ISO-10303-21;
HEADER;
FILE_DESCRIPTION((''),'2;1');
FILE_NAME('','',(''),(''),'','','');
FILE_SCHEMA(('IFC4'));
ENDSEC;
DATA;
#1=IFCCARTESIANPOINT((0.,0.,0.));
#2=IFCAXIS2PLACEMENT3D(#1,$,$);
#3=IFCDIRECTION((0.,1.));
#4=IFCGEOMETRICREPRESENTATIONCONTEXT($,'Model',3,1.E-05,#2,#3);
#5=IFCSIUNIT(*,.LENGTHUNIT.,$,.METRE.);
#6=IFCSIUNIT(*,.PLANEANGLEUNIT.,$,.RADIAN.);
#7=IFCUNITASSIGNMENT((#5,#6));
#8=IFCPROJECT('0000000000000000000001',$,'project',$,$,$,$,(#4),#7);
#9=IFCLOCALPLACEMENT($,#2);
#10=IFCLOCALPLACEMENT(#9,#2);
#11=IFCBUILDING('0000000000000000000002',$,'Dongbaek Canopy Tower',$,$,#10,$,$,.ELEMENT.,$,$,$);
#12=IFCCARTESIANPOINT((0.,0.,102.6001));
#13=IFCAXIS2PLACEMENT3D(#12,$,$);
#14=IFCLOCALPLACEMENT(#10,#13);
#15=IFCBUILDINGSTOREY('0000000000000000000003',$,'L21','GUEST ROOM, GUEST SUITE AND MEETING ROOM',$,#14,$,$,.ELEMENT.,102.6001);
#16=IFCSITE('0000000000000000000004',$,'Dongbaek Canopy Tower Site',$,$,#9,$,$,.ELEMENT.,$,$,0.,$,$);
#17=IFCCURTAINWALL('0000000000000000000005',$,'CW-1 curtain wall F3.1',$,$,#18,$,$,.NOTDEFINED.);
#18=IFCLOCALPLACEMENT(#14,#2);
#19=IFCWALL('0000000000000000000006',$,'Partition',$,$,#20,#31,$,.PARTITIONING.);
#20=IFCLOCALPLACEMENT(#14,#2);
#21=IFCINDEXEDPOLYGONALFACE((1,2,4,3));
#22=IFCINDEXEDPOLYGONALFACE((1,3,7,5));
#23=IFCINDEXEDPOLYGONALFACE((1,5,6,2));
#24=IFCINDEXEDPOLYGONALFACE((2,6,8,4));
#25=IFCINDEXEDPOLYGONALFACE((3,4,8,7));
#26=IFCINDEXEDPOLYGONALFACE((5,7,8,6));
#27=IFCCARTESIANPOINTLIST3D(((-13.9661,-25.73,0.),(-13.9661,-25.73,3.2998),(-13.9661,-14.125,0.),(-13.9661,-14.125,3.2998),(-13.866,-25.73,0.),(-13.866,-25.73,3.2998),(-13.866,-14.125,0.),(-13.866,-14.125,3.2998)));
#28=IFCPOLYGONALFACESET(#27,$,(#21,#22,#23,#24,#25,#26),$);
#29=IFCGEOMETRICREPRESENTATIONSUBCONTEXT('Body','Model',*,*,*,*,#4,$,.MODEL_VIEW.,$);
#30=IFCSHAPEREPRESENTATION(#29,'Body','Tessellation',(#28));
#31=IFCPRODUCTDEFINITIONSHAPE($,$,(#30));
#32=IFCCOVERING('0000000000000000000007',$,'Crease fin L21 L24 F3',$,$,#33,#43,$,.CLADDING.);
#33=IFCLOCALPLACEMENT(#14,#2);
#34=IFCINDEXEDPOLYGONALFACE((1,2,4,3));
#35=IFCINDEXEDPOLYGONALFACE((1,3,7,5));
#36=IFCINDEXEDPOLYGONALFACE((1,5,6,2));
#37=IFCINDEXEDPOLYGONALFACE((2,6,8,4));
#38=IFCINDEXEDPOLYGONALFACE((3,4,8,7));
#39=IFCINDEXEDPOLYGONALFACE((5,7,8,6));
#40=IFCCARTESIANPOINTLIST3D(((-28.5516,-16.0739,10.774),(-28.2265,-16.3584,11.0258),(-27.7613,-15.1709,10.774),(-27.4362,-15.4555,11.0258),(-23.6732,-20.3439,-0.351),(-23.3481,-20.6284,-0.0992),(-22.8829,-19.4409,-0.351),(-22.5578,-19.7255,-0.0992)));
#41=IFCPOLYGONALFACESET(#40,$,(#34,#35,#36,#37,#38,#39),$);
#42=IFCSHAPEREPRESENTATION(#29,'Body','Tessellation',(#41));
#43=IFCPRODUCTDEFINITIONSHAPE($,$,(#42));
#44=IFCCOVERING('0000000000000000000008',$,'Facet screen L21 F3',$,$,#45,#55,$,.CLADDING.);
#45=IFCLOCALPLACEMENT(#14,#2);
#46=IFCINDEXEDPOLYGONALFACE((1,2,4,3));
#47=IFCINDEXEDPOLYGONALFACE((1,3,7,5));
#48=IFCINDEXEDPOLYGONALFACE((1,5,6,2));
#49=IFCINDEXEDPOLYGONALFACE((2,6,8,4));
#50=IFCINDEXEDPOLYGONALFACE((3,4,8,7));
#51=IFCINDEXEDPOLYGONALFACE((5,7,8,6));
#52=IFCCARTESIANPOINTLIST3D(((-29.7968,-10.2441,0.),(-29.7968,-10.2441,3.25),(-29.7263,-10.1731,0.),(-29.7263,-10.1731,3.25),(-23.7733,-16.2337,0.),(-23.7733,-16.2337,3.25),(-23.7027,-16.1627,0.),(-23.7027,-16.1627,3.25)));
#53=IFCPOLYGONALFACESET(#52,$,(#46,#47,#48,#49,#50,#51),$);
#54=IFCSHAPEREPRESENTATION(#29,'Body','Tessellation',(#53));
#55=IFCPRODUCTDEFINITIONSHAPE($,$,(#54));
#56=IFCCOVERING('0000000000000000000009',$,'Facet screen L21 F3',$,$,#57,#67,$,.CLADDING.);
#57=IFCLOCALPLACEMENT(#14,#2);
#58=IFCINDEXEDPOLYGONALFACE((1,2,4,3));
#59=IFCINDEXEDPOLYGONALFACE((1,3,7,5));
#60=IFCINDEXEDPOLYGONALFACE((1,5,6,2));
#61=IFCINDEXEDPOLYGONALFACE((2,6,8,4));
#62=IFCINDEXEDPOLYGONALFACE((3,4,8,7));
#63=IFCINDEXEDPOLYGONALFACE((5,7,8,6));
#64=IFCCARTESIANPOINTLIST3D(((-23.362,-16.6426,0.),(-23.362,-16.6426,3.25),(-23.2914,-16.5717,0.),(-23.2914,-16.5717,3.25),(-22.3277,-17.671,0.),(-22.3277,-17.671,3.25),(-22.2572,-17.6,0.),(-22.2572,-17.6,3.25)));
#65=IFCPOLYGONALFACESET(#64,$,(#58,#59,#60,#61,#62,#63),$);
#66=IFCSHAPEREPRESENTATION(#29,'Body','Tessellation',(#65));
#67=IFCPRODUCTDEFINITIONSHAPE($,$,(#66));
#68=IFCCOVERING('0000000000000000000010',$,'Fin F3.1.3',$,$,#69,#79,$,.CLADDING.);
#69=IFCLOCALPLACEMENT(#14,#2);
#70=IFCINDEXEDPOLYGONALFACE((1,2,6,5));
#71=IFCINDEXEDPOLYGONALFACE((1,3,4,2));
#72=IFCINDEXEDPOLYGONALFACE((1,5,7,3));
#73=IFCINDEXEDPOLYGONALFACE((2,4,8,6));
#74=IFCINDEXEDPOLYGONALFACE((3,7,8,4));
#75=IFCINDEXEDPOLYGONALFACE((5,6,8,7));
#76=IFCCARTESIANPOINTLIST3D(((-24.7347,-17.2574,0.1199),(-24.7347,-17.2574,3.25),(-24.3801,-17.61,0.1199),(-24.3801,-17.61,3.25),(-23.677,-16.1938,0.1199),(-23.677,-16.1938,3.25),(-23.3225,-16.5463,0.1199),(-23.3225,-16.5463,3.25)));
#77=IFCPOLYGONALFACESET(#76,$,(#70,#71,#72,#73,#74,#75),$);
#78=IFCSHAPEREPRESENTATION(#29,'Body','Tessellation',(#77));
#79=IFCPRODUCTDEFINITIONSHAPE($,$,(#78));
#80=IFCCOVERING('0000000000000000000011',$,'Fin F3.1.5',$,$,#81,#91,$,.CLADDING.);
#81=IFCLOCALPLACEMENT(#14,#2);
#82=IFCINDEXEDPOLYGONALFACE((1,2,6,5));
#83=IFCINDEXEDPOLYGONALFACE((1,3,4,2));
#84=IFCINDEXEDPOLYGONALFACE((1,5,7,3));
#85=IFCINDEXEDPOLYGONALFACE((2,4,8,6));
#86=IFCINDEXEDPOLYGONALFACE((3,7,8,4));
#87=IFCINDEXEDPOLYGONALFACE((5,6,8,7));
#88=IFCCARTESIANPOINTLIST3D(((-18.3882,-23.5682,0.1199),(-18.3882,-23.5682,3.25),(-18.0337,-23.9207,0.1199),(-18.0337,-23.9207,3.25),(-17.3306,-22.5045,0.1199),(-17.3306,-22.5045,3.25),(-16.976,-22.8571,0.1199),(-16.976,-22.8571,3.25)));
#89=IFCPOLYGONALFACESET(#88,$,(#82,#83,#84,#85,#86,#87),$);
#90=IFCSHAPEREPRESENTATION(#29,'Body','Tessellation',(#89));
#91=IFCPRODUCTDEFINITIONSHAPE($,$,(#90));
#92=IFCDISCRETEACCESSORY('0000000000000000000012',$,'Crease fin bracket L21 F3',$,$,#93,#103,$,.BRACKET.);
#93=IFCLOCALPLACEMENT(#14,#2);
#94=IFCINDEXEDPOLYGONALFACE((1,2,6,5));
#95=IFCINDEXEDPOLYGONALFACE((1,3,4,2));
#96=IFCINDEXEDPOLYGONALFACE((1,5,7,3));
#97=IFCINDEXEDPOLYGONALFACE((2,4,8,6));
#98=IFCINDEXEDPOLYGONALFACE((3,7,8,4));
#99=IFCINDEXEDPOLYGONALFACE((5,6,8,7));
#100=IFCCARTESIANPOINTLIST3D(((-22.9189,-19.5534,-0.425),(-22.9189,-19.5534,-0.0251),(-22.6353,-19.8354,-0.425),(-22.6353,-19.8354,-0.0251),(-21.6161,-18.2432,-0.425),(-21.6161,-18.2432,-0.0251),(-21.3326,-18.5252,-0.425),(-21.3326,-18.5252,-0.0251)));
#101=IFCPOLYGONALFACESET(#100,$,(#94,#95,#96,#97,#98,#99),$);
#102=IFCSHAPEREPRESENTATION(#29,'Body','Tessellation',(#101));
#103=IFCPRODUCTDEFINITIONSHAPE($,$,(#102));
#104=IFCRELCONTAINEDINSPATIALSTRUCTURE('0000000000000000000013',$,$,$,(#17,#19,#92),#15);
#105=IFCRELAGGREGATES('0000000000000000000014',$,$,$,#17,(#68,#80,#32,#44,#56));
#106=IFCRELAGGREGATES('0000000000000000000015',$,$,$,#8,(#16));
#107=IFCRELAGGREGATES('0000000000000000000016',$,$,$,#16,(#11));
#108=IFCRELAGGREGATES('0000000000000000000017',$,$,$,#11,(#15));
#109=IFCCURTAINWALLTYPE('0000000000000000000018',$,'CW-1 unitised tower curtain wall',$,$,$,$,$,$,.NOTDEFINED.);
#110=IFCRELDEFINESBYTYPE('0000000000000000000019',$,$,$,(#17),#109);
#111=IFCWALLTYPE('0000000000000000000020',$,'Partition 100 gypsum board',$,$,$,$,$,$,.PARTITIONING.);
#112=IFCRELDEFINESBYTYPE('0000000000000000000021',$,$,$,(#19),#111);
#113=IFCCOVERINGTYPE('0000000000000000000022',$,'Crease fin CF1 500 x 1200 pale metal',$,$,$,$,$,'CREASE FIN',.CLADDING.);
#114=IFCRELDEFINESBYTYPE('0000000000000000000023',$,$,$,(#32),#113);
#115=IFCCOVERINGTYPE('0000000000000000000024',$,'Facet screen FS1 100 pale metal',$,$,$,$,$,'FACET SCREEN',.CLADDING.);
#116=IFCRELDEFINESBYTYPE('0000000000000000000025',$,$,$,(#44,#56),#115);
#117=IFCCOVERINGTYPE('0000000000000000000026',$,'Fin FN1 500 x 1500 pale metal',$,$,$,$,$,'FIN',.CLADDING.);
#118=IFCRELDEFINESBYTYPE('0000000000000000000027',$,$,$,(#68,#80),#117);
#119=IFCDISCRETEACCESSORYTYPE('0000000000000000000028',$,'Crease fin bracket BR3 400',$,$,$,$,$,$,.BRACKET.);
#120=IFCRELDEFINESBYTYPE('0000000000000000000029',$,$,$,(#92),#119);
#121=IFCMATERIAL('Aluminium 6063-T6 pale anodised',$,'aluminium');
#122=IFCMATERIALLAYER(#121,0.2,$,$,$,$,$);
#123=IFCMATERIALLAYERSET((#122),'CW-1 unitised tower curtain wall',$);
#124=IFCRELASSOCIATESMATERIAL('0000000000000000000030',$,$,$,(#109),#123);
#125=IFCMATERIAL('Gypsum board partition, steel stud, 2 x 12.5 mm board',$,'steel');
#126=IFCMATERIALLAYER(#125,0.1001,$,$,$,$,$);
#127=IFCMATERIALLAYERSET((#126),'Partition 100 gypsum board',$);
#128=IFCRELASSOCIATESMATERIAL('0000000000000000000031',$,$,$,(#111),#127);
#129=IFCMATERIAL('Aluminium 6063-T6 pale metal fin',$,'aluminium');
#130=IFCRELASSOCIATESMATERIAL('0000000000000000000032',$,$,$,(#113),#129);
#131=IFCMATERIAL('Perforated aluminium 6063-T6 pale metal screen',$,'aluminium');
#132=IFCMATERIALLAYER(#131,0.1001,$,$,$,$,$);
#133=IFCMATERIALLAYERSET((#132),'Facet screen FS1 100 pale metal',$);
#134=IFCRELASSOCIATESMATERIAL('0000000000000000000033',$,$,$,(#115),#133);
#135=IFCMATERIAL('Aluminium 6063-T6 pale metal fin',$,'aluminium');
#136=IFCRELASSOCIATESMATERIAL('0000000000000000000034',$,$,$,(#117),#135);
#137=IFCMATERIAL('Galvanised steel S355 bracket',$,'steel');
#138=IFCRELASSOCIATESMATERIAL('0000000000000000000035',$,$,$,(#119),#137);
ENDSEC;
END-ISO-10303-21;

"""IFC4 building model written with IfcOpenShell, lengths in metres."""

from ifc_helpers import new_model, si_unit, direction, frame, frame_2d, origin, origin_2d, place, context, subcontext, project, spatial, rectangle, extrude, material, layer, layer_set, material_profile, profile_set, type_object, element, aggregate, save


model = new_model("IFC4")

# Units and contexts
model_context = context("Model", 3, precision=1e-05, world=origin(), true_north=direction((0.0, 1.0)))
body_context = subcontext(model_context, "Body", "Model", "MODEL_VIEW")
ifc_project = project(units=[si_unit("LENGTHUNIT", "METRE"), si_unit("PLANEANGLEUNIT", "RADIAN")], contexts=[model_context])

# Site, building, storey
site_placement = place(None, origin())
site = spatial("IfcSite", under=ifc_project, at=site_placement, Name="Dongbaek Canopy Tower Site", CompositionType="ELEMENT", RefElevation=0.0)
building_placement = place(site_placement, origin())
building = spatial("IfcBuilding", under=site, at=building_placement, Name="Dongbaek Canopy Tower", CompositionType="ELEMENT")
storey_placement = place(building_placement, frame((0.0, 0.0, 102.6001)))
storey = spatial("IfcBuildingStorey", under=building, at=storey_placement, Name="L21", Description="GUEST ROOM, GUEST SUITE AND MEETING ROOM", CompositionType="ELEMENT", Elevation=102.6001)

# Curtain wall
ifc_material_1 = material(Name="Aluminium 6063-T6 pale anodised", Category="aluminium")
ifc_layer_1 = layer(ifc_material_1, 0.2)
ifc_layer_set_1 = layer_set([ifc_layer_1], Name="CW-1 unitised tower curtain wall")
curtain_wall_type = type_object("IfcCurtainWallType", Name="CW-1 unitised tower curtain wall", PredefinedType="NOTDEFINED", material=ifc_layer_set_1)
curtain_wall_1_placement = place(storey_placement, origin())
curtain_wall_1 = element("IfcCurtainWall", 1, at=curtain_wall_1_placement, inside=storey, type_object=curtain_wall_type, Name="CW-1 curtain wall F3.1", PredefinedType="NOTDEFINED")

# Wall
ifc_material_2 = material(Name="Gypsum board partition, steel stud, 2 x 12.5 mm board", Category="steel")
ifc_layer_2 = layer(ifc_material_2, 0.1001)
ifc_layer_set_2 = layer_set([ifc_layer_2], Name="Partition 100 gypsum board")
wall_type_1 = type_object("IfcWallType", Name="Partition 100 gypsum board", PredefinedType="PARTITIONING", material=ifc_layer_set_2)
wall_1_placement = place(storey_placement, frame((-13.916, -25.73, 0.0), z_axis=(0.0, 0.0, 1.0), x_axis=(0.0, 1.0, 0.0)))
element("IfcWall", 2, at=wall_1_placement, inside=storey, type_object=wall_type_1, Name="Partition", PredefinedType="PARTITIONING", context=body_context, shape_type="SweptSolid", body=[
    extrude(rectangle(XDim=11.605, YDim=0.1001, at=frame_2d((5.8025, 0.0))), origin(), (0.0, 0.0, 1.0), 3.2998),
])

# Coverings
ifc_material_3 = material(Name="Aluminium 6063-T6 pale metal fin", Category="aluminium")
ifc_material_profile_1 = material_profile(ifc_material_3, rectangle(XDim=1.2, YDim=0.5, at=origin_2d()), Name="Crease fin CF1 500 x 1200 pale metal")
ifc_profile_set_1 = profile_set([ifc_material_profile_1], Name="Aluminium 6063-T6 pale metal fin")
covering_type_1 = type_object("IfcCoveringType", Name="Crease fin CF1 500 x 1200 pale metal", ElementType="CREASE FIN", PredefinedType="CLADDING", material=ifc_profile_set_1)
covering_1_placement = place(storey_placement, frame((-23.1155, -20.0347, -0.2251), z_axis=(-0.37887, 0.33162, 0.863994), x_axis=(-0.658627, -0.752469, 0.0)))
covering_1 = element("IfcCovering", 3, at=covering_1_placement, type_object=covering_type_1, Name="Crease fin L21 L24 F3", PredefinedType="CLADDING", context=body_context, shape_type="SweptSolid", body=[
    extrude(rectangle(XDim=1.2, YDim=0.5, at=origin_2d()), origin(), (0.0, 0.0, 1.0), 12.8762),
])
ifc_material_4 = material(Name="Perforated aluminium 6063-T6 pale metal screen", Category="aluminium")
ifc_layer_3 = layer(ifc_material_4, 0.1001)
ifc_layer_set_3 = layer_set([ifc_layer_3], Name="Facet screen FS1 100 pale metal")
covering_type_2 = type_object("IfcCoveringType", Name="Facet screen FS1 100 pale metal", ElementType="FACET SCREEN", PredefinedType="CLADDING", material=ifc_layer_set_3)
covering_2_placement = place(storey_placement, frame((-26.7498, -13.2034, 0.0), z_axis=(0.0, 0.0, 1.0), x_axis=(0.709103, -0.705105, 0.0)))
covering_2 = element("IfcCovering", 4, at=covering_2_placement, type_object=covering_type_2, Name="Facet screen L21 F3", PredefinedType="CLADDING", context=body_context, shape_type="SweptSolid", body=[
    extrude(rectangle(XDim=8.4946, YDim=0.1001, at=origin_2d()), origin(), (0.0, 0.0, 1.0), 3.25),
])
covering_3_placement = place(storey_placement, frame((-22.8096, -17.1213, 0.0), z_axis=(0.0, 0.0, 1.0), x_axis=(0.709103, -0.705105, 0.0)))
covering_3 = element("IfcCovering", 5, at=covering_3_placement, type_object=covering_type_2, Name="Facet screen L21 F3", PredefinedType="CLADDING", context=body_context, shape_type="SweptSolid", body=[
    extrude(rectangle(XDim=1.4585, YDim=0.1001, at=origin_2d()), origin(), (0.0, 0.0, 1.0), 3.25),
])
ifc_material_5 = material(Name="Aluminium 6063-T6 pale metal fin", Category="aluminium")
ifc_material_profile_2 = material_profile(ifc_material_5, rectangle(XDim=1.5, YDim=0.5, at=origin_2d()), Name="Fin FN1 500 x 1500 pale metal")
ifc_profile_set_2 = profile_set([ifc_material_profile_2], Name="Aluminium 6063-T6 pale metal fin")
covering_type_3 = type_object("IfcCoveringType", Name="Fin FN1 500 x 1500 pale metal", ElementType="FIN", PredefinedType="CLADDING", material=ifc_profile_set_2)
covering_4_placement = place(storey_placement, frame((-24.0286, -16.9019, 0.1199), z_axis=(0.0, 0.0, 1.0), x_axis=(-0.705105, -0.709103, 0.0)))
covering_4 = element("IfcCovering", 6, at=covering_4_placement, type_object=covering_type_3, Name="Fin F3.1.3", PredefinedType="CLADDING", context=body_context, shape_type="SweptSolid", body=[
    extrude(rectangle(XDim=1.5, YDim=0.5, at=origin_2d()), origin(), (0.0, 0.0, 1.0), 3.1301),
])
covering_5_placement = place(storey_placement, frame((-17.6821, -23.2126, 0.1199), z_axis=(0.0, 0.0, 1.0), x_axis=(-0.705105, -0.709103, 0.0)))
covering_5 = element("IfcCovering", 7, at=covering_5_placement, type_object=covering_type_3, Name="Fin F3.1.5", PredefinedType="CLADDING", context=body_context, shape_type="SweptSolid", body=[
    extrude(rectangle(XDim=1.5, YDim=0.5, at=origin_2d()), origin(), (0.0, 0.0, 1.0), 3.1301),
])
aggregate(curtain_wall_1, [covering_4, covering_5, covering_1, covering_2, covering_3])

# Discrete accessory
ifc_material_6 = material(Name="Galvanised steel S355 bracket", Category="steel")
discrete_accessory_type = type_object("IfcDiscreteAccessoryType", Name="Crease fin bracket BR3 400", PredefinedType="BRACKET", material=ifc_material_6)
discrete_accessory_placement = place(storey_placement, frame((-22.1257, -19.0393, -0.425), z_axis=(0.0, 0.0, 1.0), x_axis=(-0.705105, -0.709103, 0.0)))
element("IfcDiscreteAccessory", 8, at=discrete_accessory_placement, inside=storey, type_object=discrete_accessory_type, Name="Crease fin bracket L21 F3", PredefinedType="BRACKET", context=body_context, shape_type="SweptSolid", body=[
    extrude(rectangle(XDim=1.8477, YDim=0.3999, at=origin_2d()), origin(), (0.0, 0.0, 1.0), 0.3999),
])

save(model, "model.ifc")
